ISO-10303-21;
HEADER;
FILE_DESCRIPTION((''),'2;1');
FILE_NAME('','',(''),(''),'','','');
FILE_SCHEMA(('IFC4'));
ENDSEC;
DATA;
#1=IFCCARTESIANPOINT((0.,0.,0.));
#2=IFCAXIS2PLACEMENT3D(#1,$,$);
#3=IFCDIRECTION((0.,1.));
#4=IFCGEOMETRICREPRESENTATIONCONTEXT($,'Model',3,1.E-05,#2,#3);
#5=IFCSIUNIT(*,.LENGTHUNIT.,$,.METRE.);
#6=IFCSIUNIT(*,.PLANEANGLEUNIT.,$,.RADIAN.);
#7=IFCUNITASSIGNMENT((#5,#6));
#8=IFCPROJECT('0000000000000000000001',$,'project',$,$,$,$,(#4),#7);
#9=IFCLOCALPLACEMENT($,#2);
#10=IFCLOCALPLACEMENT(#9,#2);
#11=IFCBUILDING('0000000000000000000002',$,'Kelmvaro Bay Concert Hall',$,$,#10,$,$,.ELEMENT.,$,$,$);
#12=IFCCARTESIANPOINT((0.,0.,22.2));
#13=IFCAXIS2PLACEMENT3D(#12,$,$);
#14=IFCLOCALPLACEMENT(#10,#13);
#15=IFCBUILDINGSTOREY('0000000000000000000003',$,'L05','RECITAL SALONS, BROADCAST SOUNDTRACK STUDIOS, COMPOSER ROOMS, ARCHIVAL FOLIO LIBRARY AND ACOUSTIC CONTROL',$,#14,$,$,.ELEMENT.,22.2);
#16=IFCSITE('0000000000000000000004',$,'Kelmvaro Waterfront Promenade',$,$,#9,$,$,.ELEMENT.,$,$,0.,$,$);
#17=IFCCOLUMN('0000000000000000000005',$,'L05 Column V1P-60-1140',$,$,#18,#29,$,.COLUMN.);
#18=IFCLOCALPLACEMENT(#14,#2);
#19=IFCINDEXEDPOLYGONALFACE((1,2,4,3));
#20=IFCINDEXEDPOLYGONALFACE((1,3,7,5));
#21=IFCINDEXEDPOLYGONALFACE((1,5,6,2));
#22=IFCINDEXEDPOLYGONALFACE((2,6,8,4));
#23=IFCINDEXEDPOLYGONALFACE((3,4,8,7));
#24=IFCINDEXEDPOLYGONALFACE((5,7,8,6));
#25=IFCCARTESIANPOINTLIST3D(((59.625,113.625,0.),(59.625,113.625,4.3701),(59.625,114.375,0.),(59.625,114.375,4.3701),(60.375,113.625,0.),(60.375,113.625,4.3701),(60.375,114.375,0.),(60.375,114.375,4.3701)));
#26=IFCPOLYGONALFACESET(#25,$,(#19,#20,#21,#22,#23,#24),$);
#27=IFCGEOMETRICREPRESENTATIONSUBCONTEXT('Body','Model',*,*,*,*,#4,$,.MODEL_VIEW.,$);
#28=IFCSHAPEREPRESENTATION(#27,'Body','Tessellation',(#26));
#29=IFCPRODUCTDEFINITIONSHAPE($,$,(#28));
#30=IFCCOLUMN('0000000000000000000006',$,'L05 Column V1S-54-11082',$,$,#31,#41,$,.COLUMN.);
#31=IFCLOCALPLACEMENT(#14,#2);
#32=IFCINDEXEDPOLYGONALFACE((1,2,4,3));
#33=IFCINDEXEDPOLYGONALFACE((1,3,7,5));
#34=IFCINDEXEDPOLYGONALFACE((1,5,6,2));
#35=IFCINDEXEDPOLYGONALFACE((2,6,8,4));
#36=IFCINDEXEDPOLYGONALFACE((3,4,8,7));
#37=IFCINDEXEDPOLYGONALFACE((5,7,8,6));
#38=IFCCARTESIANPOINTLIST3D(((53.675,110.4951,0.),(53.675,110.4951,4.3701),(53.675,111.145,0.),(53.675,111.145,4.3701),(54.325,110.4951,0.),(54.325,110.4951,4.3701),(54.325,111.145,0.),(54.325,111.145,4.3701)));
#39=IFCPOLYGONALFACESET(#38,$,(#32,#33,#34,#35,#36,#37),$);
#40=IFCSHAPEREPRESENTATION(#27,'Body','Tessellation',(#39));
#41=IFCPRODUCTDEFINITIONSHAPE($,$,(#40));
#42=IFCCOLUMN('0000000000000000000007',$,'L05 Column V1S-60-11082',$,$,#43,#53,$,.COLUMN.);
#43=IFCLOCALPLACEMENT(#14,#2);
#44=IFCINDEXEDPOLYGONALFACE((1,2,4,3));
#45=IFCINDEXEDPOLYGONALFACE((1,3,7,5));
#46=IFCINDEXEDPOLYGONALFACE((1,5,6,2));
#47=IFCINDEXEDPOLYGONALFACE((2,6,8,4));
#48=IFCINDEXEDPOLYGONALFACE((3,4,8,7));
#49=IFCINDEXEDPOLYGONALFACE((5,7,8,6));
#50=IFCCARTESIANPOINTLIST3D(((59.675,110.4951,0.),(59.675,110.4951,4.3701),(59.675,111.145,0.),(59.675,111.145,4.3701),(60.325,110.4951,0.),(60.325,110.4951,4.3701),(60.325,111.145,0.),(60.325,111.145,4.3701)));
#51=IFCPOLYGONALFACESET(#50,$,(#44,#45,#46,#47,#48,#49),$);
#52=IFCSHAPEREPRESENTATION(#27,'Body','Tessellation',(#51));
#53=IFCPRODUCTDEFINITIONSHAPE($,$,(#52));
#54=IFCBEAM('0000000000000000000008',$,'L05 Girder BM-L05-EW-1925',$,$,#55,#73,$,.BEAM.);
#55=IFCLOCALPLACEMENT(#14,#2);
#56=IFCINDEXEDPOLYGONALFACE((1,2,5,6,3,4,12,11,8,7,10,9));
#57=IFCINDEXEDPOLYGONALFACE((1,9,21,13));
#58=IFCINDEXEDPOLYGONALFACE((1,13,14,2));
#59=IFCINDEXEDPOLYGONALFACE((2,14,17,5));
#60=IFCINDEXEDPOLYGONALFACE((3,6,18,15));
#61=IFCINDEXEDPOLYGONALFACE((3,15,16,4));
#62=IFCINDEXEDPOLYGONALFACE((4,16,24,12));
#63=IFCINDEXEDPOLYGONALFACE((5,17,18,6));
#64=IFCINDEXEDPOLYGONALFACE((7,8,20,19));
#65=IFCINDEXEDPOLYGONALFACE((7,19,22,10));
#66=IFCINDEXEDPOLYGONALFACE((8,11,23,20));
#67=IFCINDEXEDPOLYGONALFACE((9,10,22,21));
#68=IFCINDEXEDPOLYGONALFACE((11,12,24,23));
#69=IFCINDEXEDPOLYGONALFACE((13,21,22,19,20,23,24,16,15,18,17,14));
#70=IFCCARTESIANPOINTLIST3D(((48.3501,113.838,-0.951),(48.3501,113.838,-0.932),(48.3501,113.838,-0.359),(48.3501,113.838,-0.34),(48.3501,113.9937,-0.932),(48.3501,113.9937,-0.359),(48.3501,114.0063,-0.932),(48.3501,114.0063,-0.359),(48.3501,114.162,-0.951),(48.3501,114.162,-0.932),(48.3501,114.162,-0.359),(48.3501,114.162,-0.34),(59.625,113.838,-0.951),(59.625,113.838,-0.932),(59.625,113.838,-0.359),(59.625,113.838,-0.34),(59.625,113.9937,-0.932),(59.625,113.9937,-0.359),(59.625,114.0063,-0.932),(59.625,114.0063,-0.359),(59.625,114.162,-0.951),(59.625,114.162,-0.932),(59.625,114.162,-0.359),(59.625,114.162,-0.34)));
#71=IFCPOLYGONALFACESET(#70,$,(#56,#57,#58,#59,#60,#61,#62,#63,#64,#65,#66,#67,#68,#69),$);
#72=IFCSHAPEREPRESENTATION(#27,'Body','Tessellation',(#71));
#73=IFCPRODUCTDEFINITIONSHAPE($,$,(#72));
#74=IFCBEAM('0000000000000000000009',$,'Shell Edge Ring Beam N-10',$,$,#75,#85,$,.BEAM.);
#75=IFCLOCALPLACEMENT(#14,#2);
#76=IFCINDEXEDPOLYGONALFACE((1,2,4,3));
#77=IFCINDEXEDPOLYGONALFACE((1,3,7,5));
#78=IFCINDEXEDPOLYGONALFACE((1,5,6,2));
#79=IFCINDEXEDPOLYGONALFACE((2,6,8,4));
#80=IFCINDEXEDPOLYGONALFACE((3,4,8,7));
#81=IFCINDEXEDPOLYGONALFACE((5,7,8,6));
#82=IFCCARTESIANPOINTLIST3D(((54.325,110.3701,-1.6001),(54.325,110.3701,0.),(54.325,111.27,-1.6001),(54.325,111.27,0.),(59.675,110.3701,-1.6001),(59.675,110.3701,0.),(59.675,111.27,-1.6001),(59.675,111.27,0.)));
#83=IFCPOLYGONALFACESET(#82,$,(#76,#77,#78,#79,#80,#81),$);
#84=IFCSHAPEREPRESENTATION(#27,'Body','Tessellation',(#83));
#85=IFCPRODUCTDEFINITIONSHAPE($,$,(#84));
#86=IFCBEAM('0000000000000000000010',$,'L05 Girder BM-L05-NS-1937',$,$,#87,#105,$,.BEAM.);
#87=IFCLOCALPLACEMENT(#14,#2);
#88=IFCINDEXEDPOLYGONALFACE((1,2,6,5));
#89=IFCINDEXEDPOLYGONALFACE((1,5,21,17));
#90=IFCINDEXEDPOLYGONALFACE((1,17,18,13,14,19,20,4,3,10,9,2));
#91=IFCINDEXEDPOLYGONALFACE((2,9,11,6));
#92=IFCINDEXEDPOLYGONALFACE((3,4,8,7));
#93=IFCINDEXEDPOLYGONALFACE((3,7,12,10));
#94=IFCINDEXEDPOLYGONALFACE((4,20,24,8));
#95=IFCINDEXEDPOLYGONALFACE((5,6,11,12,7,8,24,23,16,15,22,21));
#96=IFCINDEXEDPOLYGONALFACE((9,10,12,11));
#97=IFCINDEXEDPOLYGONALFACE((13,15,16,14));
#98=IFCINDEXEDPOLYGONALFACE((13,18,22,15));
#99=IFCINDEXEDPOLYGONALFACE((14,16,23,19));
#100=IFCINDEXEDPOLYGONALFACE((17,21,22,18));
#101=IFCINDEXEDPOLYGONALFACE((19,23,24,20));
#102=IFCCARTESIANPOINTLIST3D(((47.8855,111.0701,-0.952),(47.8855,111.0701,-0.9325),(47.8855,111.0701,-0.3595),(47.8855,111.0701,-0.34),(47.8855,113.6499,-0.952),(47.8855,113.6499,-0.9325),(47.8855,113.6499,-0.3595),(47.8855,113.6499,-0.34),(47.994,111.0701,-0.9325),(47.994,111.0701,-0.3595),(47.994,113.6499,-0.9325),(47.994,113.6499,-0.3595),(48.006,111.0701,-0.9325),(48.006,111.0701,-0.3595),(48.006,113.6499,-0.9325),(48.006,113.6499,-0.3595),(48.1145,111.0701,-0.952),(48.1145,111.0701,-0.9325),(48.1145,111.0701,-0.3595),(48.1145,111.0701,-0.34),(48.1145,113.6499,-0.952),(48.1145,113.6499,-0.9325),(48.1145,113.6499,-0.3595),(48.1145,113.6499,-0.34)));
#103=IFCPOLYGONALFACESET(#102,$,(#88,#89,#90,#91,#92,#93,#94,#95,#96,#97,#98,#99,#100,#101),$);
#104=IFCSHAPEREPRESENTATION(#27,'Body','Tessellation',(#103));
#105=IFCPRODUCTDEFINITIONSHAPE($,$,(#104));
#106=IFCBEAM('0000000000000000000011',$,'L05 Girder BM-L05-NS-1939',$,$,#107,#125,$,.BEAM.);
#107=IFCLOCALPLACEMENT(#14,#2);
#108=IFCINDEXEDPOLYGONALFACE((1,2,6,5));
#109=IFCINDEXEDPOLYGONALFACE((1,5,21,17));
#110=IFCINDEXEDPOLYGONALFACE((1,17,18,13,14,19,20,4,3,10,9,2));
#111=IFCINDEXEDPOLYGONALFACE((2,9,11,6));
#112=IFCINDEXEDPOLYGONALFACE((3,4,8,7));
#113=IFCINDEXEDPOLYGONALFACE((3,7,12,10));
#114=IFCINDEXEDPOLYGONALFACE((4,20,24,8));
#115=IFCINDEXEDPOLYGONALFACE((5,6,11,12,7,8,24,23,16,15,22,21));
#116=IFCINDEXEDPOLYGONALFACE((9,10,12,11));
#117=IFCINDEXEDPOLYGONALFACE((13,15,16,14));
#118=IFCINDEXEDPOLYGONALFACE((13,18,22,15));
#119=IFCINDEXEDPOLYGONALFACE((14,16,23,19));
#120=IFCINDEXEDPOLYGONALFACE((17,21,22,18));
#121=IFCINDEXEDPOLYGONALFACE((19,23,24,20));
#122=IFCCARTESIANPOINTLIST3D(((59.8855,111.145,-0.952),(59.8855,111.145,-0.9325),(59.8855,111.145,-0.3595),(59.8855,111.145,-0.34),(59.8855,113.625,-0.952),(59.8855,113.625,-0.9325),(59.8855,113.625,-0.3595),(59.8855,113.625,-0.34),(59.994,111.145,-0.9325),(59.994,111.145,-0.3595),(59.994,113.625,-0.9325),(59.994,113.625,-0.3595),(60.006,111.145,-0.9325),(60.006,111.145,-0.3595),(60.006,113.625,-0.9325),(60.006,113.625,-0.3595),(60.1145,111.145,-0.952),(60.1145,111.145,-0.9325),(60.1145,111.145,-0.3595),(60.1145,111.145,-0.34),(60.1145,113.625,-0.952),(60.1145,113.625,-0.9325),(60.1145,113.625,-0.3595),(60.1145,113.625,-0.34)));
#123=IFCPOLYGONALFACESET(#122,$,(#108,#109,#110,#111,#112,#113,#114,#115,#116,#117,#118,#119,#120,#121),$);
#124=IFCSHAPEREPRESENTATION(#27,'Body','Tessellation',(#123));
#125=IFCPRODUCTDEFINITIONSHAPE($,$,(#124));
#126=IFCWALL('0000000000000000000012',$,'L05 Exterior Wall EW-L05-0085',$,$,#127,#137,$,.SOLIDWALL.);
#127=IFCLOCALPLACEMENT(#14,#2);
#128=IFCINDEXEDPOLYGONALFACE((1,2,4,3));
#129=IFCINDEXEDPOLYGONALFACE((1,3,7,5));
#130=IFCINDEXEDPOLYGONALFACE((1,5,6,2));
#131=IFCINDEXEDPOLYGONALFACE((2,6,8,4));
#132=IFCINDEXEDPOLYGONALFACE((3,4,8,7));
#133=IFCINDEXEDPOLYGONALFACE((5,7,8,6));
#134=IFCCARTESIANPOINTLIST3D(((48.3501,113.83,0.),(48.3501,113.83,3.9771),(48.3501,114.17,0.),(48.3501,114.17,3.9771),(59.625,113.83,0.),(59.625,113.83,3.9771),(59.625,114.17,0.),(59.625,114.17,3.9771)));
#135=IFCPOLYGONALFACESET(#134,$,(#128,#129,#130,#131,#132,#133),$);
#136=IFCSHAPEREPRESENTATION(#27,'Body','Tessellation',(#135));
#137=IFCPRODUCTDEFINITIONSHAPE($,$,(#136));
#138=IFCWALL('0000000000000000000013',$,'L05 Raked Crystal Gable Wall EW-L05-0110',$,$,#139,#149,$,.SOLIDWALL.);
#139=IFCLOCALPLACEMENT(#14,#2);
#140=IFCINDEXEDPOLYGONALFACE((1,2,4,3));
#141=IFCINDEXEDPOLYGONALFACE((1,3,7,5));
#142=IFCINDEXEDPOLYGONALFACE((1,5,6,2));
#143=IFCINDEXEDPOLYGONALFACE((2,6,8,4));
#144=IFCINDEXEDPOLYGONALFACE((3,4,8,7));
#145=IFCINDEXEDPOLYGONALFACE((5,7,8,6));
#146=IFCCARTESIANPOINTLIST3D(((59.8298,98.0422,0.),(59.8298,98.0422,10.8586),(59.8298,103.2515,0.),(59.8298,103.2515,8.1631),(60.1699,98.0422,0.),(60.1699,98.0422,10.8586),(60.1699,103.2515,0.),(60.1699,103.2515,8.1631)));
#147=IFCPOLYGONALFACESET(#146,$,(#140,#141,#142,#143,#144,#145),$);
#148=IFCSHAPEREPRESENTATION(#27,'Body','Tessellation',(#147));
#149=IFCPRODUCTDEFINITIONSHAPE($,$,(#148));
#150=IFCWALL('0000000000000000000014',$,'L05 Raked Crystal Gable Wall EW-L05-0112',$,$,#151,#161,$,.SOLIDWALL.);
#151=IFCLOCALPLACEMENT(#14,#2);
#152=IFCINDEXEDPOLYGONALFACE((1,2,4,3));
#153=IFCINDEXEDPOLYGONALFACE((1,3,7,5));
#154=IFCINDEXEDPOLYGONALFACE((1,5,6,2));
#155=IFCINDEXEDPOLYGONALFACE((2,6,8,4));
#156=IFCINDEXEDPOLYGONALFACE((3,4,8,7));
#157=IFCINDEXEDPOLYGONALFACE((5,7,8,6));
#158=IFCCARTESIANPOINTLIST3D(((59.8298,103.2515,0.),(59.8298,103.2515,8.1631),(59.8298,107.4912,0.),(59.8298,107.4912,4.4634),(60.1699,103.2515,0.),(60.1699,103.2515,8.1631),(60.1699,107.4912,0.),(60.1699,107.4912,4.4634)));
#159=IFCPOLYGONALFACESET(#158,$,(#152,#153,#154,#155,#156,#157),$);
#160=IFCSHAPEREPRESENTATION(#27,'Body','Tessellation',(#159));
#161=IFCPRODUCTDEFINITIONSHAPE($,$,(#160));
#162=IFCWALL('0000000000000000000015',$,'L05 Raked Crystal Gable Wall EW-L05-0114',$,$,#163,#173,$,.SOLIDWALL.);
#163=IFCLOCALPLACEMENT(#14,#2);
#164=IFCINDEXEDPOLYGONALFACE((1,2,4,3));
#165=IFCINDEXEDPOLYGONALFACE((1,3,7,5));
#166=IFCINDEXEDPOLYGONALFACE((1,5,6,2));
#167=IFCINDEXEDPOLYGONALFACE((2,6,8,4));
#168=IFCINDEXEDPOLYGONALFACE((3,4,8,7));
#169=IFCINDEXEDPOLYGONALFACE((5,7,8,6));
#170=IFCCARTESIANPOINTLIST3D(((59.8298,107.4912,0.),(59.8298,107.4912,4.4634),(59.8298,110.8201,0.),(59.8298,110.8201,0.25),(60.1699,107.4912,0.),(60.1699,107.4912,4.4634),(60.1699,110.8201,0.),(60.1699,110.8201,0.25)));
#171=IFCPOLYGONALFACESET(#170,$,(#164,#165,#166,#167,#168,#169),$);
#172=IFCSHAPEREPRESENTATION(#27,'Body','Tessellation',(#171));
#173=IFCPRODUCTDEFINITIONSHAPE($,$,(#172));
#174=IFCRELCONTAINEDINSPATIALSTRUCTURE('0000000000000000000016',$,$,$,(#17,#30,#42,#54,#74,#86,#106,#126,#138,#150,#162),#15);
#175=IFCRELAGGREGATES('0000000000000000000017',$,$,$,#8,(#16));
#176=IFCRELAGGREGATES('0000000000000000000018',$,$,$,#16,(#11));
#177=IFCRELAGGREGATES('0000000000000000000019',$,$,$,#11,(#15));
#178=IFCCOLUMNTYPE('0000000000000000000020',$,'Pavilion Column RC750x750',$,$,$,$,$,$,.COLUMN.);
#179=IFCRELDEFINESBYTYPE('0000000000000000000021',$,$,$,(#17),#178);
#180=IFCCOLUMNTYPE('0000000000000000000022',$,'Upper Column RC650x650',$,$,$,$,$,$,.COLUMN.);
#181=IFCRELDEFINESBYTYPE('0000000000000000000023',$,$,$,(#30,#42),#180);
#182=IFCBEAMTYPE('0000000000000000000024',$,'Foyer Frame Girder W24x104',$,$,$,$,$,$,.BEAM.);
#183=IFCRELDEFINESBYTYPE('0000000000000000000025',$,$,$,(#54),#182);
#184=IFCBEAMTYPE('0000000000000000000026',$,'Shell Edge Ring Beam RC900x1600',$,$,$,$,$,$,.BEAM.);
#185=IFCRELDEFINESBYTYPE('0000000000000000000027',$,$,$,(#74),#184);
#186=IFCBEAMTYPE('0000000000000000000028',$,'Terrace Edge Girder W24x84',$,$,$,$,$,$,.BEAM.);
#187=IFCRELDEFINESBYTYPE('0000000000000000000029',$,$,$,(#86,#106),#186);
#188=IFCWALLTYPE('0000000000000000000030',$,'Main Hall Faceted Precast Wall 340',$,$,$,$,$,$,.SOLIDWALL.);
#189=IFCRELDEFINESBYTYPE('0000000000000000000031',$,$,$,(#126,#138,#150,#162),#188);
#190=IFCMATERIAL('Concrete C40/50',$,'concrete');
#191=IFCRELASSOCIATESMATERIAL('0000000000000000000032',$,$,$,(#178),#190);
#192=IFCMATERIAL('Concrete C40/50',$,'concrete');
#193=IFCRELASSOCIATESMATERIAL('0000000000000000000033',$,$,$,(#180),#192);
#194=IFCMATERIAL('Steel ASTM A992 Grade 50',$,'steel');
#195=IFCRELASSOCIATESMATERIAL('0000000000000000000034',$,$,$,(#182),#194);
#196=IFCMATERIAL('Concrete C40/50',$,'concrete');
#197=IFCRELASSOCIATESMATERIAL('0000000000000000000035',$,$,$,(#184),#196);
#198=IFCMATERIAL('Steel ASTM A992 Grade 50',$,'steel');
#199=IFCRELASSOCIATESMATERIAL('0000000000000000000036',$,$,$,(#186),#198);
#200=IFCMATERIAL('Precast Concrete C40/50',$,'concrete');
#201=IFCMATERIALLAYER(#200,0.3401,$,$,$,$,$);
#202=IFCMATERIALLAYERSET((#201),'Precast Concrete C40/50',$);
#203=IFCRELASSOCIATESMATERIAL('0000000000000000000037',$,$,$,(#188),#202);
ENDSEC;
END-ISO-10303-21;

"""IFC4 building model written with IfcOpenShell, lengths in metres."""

from ifc_helpers import new_model, si_unit, direction, frame, frame_2d, origin, origin_2d, place, context, subcontext, project, spatial, polyline, rectangle, i_section, outline, extrude, material, layer, layer_set, material_profile, profile_set, type_object, element, save


model = new_model("IFC4")

# Units and contexts
model_context = context("Model", 3, precision=1e-05, world=origin(), true_north=direction((0.0, 1.0)))
body_context = subcontext(model_context, "Body", "Model", "MODEL_VIEW")
ifc_project = project(units=[si_unit("LENGTHUNIT", "METRE"), si_unit("PLANEANGLEUNIT", "RADIAN")], contexts=[model_context])

# Site, building, storey
site_placement = place(None, origin())
site = spatial("IfcSite", under=ifc_project, at=site_placement, Name="Kelmvaro Waterfront Promenade", CompositionType="ELEMENT", RefElevation=0.0)
building_placement = place(site_placement, origin())
building = spatial("IfcBuilding", under=site, at=building_placement, Name="Kelmvaro Bay Concert Hall", CompositionType="ELEMENT")
storey_placement = place(building_placement, frame((0.0, 0.0, 22.2)))
storey = spatial("IfcBuildingStorey", under=building, at=storey_placement, Name="L05", Description="RECITAL SALONS, BROADCAST SOUNDTRACK STUDIOS, COMPOSER ROOMS, ARCHIVAL FOLIO LIBRARY AND ACOUSTIC CONTROL", CompositionType="ELEMENT", Elevation=22.2)

# Columns
ifc_material_1 = material(Name="Concrete C40/50", Category="concrete")
ifc_material_profile_1 = material_profile(ifc_material_1, rectangle(XDim=0.75, YDim=0.75, at=origin_2d()), Name="RC-COL-750X750")
ifc_profile_set_1 = profile_set([ifc_material_profile_1], Name="Concrete C40/50")
column_type_1 = type_object("IfcColumnType", Name="Pavilion Column RC750x750", PredefinedType="COLUMN", material=ifc_profile_set_1)
column_placement = place(storey_placement, frame((60.0, 114.0, 0.0), z_axis=(0.0, 0.0, 1.0), x_axis=(1.0, 0.0, 0.0)))
element("IfcColumn", 1, at=column_placement, inside=storey, type_object=column_type_1, Name="L05 Column V1P-60-1140", PredefinedType="COLUMN", context=body_context, shape_type="SweptSolid", body=[
    extrude(rectangle(XDim=0.75, YDim=0.75, at=origin_2d()), origin(), (0.0, 0.0, 1.0), 4.3701),
])
ifc_material_2 = material(Name="Concrete C40/50", Category="concrete")
ifc_material_profile_2 = material_profile(ifc_material_2, rectangle(XDim=0.6499, YDim=0.6499, at=origin_2d()), Name="RC-COL-650X650")
ifc_profile_set_2 = profile_set([ifc_material_profile_2], Name="Concrete C40/50")
column_type_2 = type_object("IfcColumnType", Name="Upper Column RC650x650", PredefinedType="COLUMN", material=ifc_profile_set_2)
for number, where, z_axis, x_axis, name in (
    (2, (54.0, 110.8201, 0.0), (0.0, 0.0, 1.0), (1.0, 0.0, 0.0), "L05 Column V1S-54-11082"),
    (3, (60.0, 110.8201, 0.0), (0.0, 0.0, 1.0), (1.0, 0.0, 0.0), "L05 Column V1S-60-11082"),
):
    element("IfcColumn", number, at=place(storey_placement, frame(where, z_axis=z_axis, x_axis=x_axis)), inside=storey, type_object=column_type_2, Name=name, PredefinedType="COLUMN", context=body_context, shape_type="SweptSolid", body=[
        extrude(rectangle(XDim=0.6499, YDim=0.6499, at=origin_2d()), origin(), (0.0, 0.0, 1.0), 4.3701),
    ])

# Beams
ifc_material_3 = material(Name="Steel ASTM A992 Grade 50", Category="steel")
ifc_material_profile_3 = material_profile(ifc_material_3, i_section(OverallWidth=0.324, OverallDepth=0.6111, WebThickness=0.0127, FlangeThickness=0.019, at=origin_2d()), Name="W24X104")
ifc_profile_set_3 = profile_set([ifc_material_profile_3], Name="Steel ASTM A992 Grade 50")
beam_type_1 = type_object("IfcBeamType", Name="Foyer Frame Girder W24x104", PredefinedType="BEAM", material=ifc_profile_set_3)
beam_1_placement = place(storey_placement, frame((48.3501, 114.0, -0.6455), z_axis=(1.0, 0.0, 0.0), x_axis=(0.0, 1.0, 0.0)))
element("IfcBeam", 4, at=beam_1_placement, inside=storey, type_object=beam_type_1, Name="L05 Girder BM-L05-EW-1925", PredefinedType="BEAM", context=body_context, shape_type="SweptSolid", body=[
    extrude(i_section(OverallWidth=0.324, OverallDepth=0.6111, WebThickness=0.0127, FlangeThickness=0.019, at=origin_2d()), origin(), (0.0, 0.0, 1.0), 11.2749),
])
ifc_material_4 = material(Name="Concrete C40/50", Category="concrete")
ifc_material_profile_4 = material_profile(ifc_material_4, rectangle(XDim=0.8999, YDim=1.6001, at=origin_2d()), Name="RC-SHB-900X1600")
ifc_profile_set_4 = profile_set([ifc_material_profile_4], Name="Concrete C40/50")
beam_type_2 = type_object("IfcBeamType", Name="Shell Edge Ring Beam RC900x1600", PredefinedType="BEAM", material=ifc_profile_set_4)
beam_2_placement = place(storey_placement, frame((54.325, 110.8201, -0.8), z_axis=(1.0, 0.0, 0.0), x_axis=(0.0, 1.0, 0.0)))
element("IfcBeam", 5, at=beam_2_placement, inside=storey, type_object=beam_type_2, Name="Shell Edge Ring Beam N-10", PredefinedType="BEAM", context=body_context, shape_type="SweptSolid", body=[
    extrude(rectangle(XDim=0.8999, YDim=1.6001, at=origin_2d()), origin(), (0.0, 0.0, 1.0), 5.3501),
])
ifc_material_5 = material(Name="Steel ASTM A992 Grade 50", Category="steel")
ifc_material_profile_5 = material_profile(ifc_material_5, i_section(OverallWidth=0.229, OverallDepth=0.6121, WebThickness=0.012, FlangeThickness=0.0195, at=origin_2d()), Name="W24X84")
ifc_profile_set_5 = profile_set([ifc_material_profile_5], Name="Steel ASTM A992 Grade 50")
beam_type_3 = type_object("IfcBeamType", Name="Terrace Edge Girder W24x84", PredefinedType="BEAM", material=ifc_profile_set_5)
beam_3_placement = place(storey_placement, frame((48.0, 111.0701, -0.646), z_axis=(0.0, 1.0, 0.0), x_axis=(-1.0, 0.0, 0.0)))
element("IfcBeam", 6, at=beam_3_placement, inside=storey, type_object=beam_type_3, Name="L05 Girder BM-L05-NS-1937", PredefinedType="BEAM", context=body_context, shape_type="SweptSolid", body=[
    extrude(i_section(OverallWidth=0.229, OverallDepth=0.6121, WebThickness=0.012, FlangeThickness=0.0195, at=origin_2d()), origin(), (0.0, 0.0, 1.0), 2.5798),
])
beam_4_placement = place(storey_placement, frame((60.0, 111.145, -0.646), z_axis=(0.0, 1.0, 0.0), x_axis=(-1.0, 0.0, 0.0)))
element("IfcBeam", 7, at=beam_4_placement, inside=storey, type_object=beam_type_3, Name="L05 Girder BM-L05-NS-1939", PredefinedType="BEAM", context=body_context, shape_type="SweptSolid", body=[
    extrude(i_section(OverallWidth=0.229, OverallDepth=0.6121, WebThickness=0.012, FlangeThickness=0.0195, at=origin_2d()), origin(), (0.0, 0.0, 1.0), 2.48),
])

# Walls
ifc_material_6 = material(Name="Precast Concrete C40/50", Category="concrete")
ifc_layer_1 = layer(ifc_material_6, 0.3401)
ifc_layer_set_1 = layer_set([ifc_layer_1], Name="Precast Concrete C40/50")
wall_type_1 = type_object("IfcWallType", Name="Main Hall Faceted Precast Wall 340", PredefinedType="SOLIDWALL", material=ifc_layer_set_1)
wall_1_placement = place(storey_placement, frame((48.3501, 114.0, 0.0), z_axis=(0.0, 0.0, 1.0), x_axis=(1.0, 0.0, 0.0)))
element("IfcWall", 8, at=wall_1_placement, inside=storey, type_object=wall_type_1, Name="L05 Exterior Wall EW-L05-0085", PredefinedType="SOLIDWALL", context=body_context, shape_type="SweptSolid", body=[
    extrude(rectangle(XDim=11.2749, YDim=0.3401, at=frame_2d((5.6375, 0.0))), origin(), (0.0, 0.0, 1.0), 3.9771),
])
wall_2_placement = place(storey_placement, frame((60.0, 103.2515, 0.0), z_axis=(0.0, 0.0, 1.0), x_axis=(0.0, -1.0, 0.0)))
element("IfcWall", 9, at=wall_2_placement, inside=storey, type_object=wall_type_1, Name="L05 Raked Crystal Gable Wall EW-L05-0110", PredefinedType="SOLIDWALL", context=body_context, shape_type="SweptSolid", body=[
    extrude(outline(polyline([(0.0, 0.0), (5.2092, 0.0), (5.2092, 10.8586), (0.0, 8.1631), (0.0, 0.0)])), frame((0.0, 0.1699, 0.0), z_axis=(0.0, -1.0, 0.0), x_axis=(1.0, 0.0, 0.0)), (0.0, 0.0, 1.0), 0.3401),
])
wall_3_placement = place(storey_placement, frame((60.0, 107.4912, 0.0), z_axis=(0.0, 0.0, 1.0), x_axis=(0.0, -1.0, 0.0)))
element("IfcWall", 10, at=wall_3_placement, inside=storey, type_object=wall_type_1, Name="L05 Raked Crystal Gable Wall EW-L05-0112", PredefinedType="SOLIDWALL", context=body_context, shape_type="SweptSolid", body=[
    extrude(outline(polyline([(0.0, 0.0), (4.2397, 0.0), (4.2397, 8.1631), (0.0, 4.4634), (0.0, 0.0)])), frame((0.0, 0.1699, 0.0), z_axis=(0.0, -1.0, 0.0), x_axis=(1.0, 0.0, 0.0)), (0.0, 0.0, 1.0), 0.3401),
])
wall_4_placement = place(storey_placement, frame((60.0, 110.8201, 0.0), z_axis=(0.0, 0.0, 1.0), x_axis=(0.0, -1.0, 0.0)))
element("IfcWall", 11, at=wall_4_placement, inside=storey, type_object=wall_type_1, Name="L05 Raked Crystal Gable Wall EW-L05-0114", PredefinedType="SOLIDWALL", context=body_context, shape_type="SweptSolid", body=[
    extrude(outline(polyline([(0.0, 0.0), (3.3289, 0.0), (3.3289, 4.4634), (0.0, 0.25), (0.0, 0.0)])), frame((0.0, 0.1699, 0.0), z_axis=(0.0, -1.0, 0.0), x_axis=(1.0, 0.0, 0.0)), (0.0, 0.0, 1.0), 0.3401),
])

save(model, "model.ifc")
